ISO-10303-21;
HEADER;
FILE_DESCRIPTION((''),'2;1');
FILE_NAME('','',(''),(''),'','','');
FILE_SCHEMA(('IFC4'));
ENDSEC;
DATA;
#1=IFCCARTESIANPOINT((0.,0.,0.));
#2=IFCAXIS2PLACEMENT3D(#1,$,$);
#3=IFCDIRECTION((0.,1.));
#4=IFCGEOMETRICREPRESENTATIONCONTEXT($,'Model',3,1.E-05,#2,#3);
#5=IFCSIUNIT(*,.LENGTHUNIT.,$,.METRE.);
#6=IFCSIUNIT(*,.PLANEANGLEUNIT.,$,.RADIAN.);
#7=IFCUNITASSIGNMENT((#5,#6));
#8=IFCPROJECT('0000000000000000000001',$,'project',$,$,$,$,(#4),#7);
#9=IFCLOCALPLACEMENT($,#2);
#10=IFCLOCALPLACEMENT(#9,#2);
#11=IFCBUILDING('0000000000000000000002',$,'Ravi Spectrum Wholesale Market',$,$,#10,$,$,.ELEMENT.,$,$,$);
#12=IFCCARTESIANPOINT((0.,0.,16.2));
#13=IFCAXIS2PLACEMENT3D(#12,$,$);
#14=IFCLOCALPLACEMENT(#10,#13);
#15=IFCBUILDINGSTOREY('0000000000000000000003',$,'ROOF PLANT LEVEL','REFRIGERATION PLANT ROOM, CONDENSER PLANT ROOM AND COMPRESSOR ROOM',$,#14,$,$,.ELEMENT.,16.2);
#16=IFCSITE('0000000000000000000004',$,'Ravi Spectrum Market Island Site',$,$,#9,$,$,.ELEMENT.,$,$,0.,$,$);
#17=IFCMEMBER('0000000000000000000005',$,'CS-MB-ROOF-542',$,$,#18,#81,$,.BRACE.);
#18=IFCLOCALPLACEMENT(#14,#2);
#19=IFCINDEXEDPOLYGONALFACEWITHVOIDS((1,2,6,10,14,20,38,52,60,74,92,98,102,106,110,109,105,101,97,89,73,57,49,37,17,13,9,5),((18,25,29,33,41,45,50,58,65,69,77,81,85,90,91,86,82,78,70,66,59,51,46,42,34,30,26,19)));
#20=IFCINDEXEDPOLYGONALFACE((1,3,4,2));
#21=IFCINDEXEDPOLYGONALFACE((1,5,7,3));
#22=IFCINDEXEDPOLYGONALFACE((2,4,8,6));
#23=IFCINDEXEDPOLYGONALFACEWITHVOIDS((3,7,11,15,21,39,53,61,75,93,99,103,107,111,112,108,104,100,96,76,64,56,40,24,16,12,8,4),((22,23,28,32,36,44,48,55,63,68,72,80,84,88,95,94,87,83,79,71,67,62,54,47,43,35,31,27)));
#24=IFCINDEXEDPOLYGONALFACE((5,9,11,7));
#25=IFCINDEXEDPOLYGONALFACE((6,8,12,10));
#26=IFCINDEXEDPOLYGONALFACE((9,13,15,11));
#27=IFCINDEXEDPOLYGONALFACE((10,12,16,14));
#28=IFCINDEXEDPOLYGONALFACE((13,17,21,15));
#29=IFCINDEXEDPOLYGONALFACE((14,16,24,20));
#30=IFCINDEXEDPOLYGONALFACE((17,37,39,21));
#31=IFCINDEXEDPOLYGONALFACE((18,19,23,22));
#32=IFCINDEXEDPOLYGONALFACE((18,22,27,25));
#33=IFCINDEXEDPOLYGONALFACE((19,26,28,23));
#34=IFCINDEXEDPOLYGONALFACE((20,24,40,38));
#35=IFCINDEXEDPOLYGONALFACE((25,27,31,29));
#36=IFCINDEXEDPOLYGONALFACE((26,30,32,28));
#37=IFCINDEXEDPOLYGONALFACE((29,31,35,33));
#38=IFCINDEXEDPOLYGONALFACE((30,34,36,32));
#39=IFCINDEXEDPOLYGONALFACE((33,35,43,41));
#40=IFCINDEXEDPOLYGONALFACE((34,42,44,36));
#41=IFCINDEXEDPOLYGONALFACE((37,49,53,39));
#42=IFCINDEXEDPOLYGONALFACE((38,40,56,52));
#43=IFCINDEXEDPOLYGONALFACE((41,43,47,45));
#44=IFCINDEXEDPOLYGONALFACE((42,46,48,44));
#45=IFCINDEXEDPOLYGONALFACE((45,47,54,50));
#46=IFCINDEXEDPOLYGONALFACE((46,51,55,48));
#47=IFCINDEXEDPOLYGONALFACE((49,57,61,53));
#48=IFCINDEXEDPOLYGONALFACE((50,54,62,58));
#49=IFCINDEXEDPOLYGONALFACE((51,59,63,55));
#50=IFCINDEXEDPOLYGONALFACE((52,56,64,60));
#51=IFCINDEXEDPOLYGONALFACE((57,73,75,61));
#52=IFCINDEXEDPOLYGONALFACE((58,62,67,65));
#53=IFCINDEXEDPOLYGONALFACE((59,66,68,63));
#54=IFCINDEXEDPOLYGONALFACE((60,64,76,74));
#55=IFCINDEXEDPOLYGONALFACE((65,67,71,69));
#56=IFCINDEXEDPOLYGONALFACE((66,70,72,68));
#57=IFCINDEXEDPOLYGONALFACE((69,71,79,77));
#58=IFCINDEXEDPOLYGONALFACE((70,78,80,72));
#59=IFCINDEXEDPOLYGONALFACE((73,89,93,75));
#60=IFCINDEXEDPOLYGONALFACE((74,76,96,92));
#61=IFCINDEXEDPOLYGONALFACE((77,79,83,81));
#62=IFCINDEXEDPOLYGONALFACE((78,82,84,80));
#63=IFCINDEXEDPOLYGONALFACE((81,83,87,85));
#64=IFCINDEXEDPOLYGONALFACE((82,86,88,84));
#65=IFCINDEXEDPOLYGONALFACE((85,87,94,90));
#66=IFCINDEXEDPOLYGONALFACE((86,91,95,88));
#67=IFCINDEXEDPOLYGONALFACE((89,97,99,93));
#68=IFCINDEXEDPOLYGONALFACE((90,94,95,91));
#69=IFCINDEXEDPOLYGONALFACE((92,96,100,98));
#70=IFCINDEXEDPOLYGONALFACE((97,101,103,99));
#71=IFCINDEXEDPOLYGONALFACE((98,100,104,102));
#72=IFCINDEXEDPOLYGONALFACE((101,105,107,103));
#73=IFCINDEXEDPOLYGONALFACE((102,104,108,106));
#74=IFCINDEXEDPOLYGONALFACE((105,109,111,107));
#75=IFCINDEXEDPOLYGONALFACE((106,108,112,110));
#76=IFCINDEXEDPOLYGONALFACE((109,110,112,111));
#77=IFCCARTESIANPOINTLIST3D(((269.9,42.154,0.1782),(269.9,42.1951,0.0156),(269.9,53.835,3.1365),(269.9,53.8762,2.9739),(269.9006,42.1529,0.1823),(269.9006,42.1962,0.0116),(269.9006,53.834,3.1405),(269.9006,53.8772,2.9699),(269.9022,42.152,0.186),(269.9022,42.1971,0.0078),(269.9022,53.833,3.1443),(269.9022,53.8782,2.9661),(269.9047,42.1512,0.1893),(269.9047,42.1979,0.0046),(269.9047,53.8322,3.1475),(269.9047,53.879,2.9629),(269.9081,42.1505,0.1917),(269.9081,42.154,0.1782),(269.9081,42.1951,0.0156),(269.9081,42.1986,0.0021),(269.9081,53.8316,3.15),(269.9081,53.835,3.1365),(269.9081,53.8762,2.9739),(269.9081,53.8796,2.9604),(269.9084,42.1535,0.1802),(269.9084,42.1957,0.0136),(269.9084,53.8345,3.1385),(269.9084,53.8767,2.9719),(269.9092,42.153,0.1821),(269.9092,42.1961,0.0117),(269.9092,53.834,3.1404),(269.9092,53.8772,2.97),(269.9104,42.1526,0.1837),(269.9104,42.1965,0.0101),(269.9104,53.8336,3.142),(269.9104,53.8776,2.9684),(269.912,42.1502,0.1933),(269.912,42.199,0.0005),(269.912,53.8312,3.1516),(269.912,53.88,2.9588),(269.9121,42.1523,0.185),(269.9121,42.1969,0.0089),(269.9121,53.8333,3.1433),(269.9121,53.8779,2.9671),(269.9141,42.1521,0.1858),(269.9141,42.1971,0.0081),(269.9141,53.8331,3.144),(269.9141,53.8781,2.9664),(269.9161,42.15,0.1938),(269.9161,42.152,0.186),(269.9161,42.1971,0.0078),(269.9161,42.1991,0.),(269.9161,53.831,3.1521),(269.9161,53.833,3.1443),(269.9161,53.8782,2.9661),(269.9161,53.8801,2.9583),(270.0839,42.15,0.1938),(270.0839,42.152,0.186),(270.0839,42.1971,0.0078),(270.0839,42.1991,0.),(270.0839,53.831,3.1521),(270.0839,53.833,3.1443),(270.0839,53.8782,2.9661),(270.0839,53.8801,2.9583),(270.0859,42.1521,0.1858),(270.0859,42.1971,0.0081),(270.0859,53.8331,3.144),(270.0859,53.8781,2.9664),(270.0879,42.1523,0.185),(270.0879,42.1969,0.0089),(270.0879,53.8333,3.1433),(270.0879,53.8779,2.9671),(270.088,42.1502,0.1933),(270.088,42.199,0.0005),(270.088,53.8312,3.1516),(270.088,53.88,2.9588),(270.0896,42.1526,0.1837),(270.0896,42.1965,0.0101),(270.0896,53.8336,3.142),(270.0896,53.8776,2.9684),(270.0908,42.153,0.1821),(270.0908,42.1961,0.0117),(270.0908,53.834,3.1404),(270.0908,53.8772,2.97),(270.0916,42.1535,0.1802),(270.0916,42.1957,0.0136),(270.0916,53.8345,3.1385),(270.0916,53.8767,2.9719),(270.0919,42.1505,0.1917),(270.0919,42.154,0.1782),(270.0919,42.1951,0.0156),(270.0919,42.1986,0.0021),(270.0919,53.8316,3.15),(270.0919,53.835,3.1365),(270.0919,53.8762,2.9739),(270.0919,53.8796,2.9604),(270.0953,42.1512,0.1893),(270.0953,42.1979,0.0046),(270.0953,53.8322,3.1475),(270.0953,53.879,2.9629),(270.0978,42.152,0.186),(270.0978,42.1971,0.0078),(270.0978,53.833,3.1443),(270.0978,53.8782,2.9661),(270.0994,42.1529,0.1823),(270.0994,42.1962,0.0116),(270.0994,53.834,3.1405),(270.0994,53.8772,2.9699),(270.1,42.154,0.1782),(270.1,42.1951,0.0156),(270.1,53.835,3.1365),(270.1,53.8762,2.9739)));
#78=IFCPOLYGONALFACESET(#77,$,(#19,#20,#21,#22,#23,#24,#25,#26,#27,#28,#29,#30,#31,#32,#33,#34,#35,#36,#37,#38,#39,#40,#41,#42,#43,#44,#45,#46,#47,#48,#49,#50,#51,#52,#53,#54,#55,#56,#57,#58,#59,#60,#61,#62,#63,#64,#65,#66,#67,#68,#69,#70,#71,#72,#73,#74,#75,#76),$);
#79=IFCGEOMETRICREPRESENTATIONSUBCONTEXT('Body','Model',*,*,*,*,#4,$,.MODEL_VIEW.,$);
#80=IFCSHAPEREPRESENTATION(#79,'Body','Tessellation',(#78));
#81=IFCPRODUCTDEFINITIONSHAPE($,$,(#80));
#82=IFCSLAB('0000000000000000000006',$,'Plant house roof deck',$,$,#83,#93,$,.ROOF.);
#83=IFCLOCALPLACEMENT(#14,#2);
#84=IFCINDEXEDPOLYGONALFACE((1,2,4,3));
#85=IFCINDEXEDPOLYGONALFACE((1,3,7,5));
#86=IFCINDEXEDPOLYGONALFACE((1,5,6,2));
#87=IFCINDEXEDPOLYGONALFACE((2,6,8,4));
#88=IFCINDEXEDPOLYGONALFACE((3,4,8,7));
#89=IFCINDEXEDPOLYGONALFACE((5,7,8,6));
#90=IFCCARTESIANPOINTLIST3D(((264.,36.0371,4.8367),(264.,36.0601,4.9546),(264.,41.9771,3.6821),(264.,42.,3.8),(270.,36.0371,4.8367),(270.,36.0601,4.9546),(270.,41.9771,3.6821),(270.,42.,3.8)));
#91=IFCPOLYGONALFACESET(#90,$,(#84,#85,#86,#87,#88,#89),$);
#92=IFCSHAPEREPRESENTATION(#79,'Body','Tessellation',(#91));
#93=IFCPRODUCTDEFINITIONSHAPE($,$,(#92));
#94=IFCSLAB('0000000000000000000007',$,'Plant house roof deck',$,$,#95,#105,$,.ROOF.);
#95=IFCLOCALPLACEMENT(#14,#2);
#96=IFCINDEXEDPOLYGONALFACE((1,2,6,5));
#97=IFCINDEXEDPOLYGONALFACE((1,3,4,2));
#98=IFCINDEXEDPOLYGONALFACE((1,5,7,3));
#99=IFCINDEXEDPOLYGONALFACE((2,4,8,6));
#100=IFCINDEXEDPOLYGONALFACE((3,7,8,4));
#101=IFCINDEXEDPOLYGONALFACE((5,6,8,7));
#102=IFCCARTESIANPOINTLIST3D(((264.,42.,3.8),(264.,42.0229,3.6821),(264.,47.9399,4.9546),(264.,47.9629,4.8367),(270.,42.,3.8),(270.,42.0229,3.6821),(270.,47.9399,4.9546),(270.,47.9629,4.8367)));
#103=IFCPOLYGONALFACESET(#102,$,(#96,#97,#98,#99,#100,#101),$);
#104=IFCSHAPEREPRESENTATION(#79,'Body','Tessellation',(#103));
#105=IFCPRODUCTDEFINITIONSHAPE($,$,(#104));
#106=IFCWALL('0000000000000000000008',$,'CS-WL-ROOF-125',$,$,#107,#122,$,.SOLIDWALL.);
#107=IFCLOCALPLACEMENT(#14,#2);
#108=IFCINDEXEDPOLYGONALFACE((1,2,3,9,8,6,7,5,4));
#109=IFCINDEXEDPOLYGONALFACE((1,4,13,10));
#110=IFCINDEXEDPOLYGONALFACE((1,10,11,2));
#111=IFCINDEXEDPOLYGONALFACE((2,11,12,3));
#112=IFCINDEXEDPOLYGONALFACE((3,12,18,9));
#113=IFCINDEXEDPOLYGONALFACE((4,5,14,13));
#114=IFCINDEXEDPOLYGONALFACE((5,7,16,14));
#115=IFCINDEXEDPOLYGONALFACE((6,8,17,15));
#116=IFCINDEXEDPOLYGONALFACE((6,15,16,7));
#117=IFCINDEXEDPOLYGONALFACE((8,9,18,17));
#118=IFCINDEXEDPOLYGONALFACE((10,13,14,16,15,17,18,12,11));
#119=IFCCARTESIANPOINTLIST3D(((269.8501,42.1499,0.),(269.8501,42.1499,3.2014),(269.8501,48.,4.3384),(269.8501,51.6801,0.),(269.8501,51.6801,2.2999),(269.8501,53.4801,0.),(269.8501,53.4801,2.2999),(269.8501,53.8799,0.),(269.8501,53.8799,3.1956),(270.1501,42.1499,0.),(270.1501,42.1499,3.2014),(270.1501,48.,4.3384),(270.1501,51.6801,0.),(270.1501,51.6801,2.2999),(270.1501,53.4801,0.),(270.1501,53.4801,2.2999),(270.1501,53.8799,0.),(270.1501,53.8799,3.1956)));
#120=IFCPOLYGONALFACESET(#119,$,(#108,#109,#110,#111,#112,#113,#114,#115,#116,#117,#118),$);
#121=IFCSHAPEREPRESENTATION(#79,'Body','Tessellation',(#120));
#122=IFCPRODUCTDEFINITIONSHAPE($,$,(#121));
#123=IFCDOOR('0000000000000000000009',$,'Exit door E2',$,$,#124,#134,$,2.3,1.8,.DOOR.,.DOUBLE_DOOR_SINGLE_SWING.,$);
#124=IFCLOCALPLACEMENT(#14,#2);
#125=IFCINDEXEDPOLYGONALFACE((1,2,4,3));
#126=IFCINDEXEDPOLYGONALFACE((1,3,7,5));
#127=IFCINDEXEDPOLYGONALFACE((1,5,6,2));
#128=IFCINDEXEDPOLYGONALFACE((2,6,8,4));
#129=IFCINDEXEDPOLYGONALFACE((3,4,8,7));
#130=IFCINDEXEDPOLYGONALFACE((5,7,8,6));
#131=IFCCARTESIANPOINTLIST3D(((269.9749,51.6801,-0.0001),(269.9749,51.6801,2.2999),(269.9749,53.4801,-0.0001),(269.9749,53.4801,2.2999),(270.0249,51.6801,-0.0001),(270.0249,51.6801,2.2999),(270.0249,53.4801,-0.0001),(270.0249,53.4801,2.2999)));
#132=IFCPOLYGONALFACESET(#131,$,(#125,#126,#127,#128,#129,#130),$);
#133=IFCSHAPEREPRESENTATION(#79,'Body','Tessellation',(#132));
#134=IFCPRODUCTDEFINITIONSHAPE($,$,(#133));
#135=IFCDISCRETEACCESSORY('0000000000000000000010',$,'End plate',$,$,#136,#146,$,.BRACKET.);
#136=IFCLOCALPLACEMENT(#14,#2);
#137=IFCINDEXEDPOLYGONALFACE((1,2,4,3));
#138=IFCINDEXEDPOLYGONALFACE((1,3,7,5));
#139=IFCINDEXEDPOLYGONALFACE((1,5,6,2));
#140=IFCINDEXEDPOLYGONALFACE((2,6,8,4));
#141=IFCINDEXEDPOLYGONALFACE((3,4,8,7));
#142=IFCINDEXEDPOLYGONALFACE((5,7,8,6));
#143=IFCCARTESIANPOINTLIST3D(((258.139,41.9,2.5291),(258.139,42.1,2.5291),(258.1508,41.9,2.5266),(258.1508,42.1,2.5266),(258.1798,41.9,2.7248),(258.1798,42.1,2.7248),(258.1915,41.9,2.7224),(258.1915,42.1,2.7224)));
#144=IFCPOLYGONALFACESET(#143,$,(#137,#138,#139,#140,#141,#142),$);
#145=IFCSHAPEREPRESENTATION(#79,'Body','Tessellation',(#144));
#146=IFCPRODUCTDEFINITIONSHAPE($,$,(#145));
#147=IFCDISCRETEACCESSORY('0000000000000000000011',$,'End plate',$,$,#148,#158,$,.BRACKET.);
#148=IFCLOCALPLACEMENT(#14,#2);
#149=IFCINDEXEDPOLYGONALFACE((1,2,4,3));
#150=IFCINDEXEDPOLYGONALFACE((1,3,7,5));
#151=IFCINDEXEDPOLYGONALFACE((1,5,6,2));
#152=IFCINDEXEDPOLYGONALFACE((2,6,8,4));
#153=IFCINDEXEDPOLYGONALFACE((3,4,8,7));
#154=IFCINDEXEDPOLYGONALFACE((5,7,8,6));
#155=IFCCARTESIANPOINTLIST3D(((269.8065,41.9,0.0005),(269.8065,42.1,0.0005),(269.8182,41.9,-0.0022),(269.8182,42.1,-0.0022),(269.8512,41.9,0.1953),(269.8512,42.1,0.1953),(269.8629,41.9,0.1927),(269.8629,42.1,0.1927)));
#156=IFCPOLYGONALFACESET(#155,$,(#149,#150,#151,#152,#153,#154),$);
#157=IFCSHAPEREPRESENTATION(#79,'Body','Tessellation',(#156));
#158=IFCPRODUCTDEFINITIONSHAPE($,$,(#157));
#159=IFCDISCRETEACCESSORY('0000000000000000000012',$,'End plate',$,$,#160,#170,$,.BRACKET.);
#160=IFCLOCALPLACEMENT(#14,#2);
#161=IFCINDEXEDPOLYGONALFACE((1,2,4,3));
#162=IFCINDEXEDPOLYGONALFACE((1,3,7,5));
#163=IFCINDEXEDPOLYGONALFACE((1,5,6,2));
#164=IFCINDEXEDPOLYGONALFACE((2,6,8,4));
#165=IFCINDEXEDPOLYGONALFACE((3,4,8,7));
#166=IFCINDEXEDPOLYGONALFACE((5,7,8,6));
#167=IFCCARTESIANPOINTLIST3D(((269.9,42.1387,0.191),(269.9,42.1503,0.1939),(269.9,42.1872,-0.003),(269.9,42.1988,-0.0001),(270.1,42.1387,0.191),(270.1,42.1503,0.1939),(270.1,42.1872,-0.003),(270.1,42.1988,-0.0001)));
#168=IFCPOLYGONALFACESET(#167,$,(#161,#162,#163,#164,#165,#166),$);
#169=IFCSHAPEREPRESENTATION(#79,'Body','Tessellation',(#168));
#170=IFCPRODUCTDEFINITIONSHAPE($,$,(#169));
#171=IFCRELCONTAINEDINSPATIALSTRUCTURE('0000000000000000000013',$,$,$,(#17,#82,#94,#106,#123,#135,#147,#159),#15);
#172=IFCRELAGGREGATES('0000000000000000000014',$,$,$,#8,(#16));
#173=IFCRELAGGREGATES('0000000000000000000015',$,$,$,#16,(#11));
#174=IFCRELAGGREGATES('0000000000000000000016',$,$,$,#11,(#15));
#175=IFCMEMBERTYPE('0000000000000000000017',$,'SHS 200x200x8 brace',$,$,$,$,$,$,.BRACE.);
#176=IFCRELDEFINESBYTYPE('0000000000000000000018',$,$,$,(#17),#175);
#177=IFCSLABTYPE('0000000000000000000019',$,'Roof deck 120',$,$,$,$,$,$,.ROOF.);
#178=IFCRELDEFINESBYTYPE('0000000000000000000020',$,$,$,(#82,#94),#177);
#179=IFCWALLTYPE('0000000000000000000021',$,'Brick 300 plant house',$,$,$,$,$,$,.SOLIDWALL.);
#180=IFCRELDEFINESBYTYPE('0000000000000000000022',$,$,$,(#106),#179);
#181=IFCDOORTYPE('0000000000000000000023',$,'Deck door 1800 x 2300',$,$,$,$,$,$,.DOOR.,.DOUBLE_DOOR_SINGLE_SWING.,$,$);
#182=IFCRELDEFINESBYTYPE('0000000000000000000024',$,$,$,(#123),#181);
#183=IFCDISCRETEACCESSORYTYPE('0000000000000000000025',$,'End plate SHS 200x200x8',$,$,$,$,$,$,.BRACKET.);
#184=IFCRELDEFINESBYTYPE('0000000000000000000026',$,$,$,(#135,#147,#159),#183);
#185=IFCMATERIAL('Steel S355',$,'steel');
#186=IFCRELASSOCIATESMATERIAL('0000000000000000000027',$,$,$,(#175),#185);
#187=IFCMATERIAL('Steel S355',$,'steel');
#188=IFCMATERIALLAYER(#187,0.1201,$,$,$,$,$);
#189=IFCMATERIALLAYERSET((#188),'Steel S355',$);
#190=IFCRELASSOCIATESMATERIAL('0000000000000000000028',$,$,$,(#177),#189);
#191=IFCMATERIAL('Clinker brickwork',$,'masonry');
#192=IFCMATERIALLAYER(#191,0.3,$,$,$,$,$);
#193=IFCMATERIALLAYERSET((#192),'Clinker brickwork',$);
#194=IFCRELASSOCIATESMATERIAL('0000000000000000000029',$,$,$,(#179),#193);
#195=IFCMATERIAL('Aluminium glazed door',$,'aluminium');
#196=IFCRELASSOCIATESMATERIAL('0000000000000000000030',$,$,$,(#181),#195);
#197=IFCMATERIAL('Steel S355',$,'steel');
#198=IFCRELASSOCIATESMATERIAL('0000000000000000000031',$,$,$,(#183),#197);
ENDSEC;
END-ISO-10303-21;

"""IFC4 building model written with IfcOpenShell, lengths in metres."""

from ifc_helpers import new_model, si_unit, direction, frame, frame_2d, origin, origin_2d, place, context, subcontext, project, spatial, polyline, rectangle, hollow_rectangle, outline, extrude, material, layer, layer_set, material_profile, profile_set, type_object, element, fill, save


model = new_model("IFC4")

# Units and contexts
model_context = context("Model", 3, precision=1e-05, world=origin(), true_north=direction((0.0, 1.0)))
body_context = subcontext(model_context, "Body", "Model", "MODEL_VIEW")
ifc_project = project(units=[si_unit("LENGTHUNIT", "METRE"), si_unit("PLANEANGLEUNIT", "RADIAN")], contexts=[model_context])

# Site, building, storey
site_placement = place(None, origin())
site = spatial("IfcSite", under=ifc_project, at=site_placement, Name="Ravi Spectrum Market Island Site", CompositionType="ELEMENT", RefElevation=0.0)
building_placement = place(site_placement, origin())
building = spatial("IfcBuilding", under=site, at=building_placement, Name="Ravi Spectrum Wholesale Market", CompositionType="ELEMENT")
storey_placement = place(building_placement, frame((0.0, 0.0, 16.2)))
storey = spatial("IfcBuildingStorey", under=building, at=storey_placement, Name="ROOF PLANT LEVEL", Description="REFRIGERATION PLANT ROOM, CONDENSER PLANT ROOM AND COMPRESSOR ROOM", CompositionType="ELEMENT", Elevation=16.2)

# Member
ifc_material_1 = material(Name="Steel S355", Category="steel")
ifc_material_profile_1 = material_profile(ifc_material_1, hollow_rectangle(XDim=0.2, YDim=0.2, WallThickness=0.0081, InnerFilletRadius=0.0081, OuterFilletRadius=0.0161, at=origin_2d()))
ifc_profile_set_1 = profile_set([ifc_material_profile_1], Name="Steel S355")
member_type_1 = type_object("IfcMemberType", Name="SHS 200x200x8 brace", PredefinedType="BRACE", material=ifc_profile_set_1)
member_1_placement = place(storey_placement, frame((270.0, 42.1746, 0.0969), z_axis=(0.0, 0.969395, 0.245505), x_axis=(-1.0, 0.0, 0.0)))
element("IfcMember", 1, at=member_1_placement, inside=storey, type_object=member_type_1, Name="CS-MB-ROOF-542", PredefinedType="BRACE", context=body_context, shape_type="SweptSolid", body=[
    extrude(hollow_rectangle(XDim=0.2, YDim=0.2, WallThickness=0.0081, InnerFilletRadius=0.0081, OuterFilletRadius=0.0161, at=origin_2d()), origin(), (0.0, 0.0, 1.0), 12.0498),
])

# Slabs
ifc_material_2 = material(Name="Steel S355", Category="steel")
ifc_layer_1 = layer(ifc_material_2, 0.1201)
ifc_layer_set_1 = layer_set([ifc_layer_1], Name="Steel S355")
slab_type = type_object("IfcSlabType", Name="Roof deck 120", PredefinedType="ROOF", material=ifc_layer_set_1)
slab_1_placement = place(storey_placement, frame((264.0, 42.0, 3.8), z_axis=(0.0, 0.190798, 0.981629), x_axis=(1.0, 0.0, 0.0)))
element("IfcSlab", 2, at=slab_1_placement, inside=storey, type_object=slab_type, Name="Plant house roof deck", PredefinedType="ROOF", context=body_context, shape_type="SweptSolid", body=[
    extrude(outline(polyline([(0.0, 0.0), (6.0, 0.0), (6.0, -6.0511), (0.0, -6.0511), (0.0, 0.0)])), origin(), (0.0, 0.0, -1.0), 0.1201),
])
slab_2_placement = place(storey_placement, frame((264.0, 42.0, 3.8), z_axis=(0.0, -0.190798, 0.981629), x_axis=(1.0, 0.0, 0.0)))
element("IfcSlab", 3, at=slab_2_placement, inside=storey, type_object=slab_type, Name="Plant house roof deck", PredefinedType="ROOF", context=body_context, shape_type="SweptSolid", body=[
    extrude(outline(polyline([(0.0, 0.0), (6.0, 0.0), (6.0, 6.0511), (0.0, 6.0511), (0.0, 0.0)])), origin(), (0.0, 0.0, -1.0), 0.1201),
])

# Wall, opening, door
ifc_material_3 = material(Name="Clinker brickwork", Category="masonry")
ifc_layer_2 = layer(ifc_material_3, 0.3)
ifc_layer_set_2 = layer_set([ifc_layer_2], Name="Clinker brickwork")
wall_type = type_object("IfcWallType", Name="Brick 300 plant house", PredefinedType="SOLIDWALL", material=ifc_layer_set_2)
wall_placement = place(storey_placement, frame((270.0, 42.1499, 0.0), z_axis=(0.0, 0.0, 1.0), x_axis=(0.0, 1.0, 0.0)))
wall = element("IfcWall", 4, at=wall_placement, inside=storey, type_object=wall_type, Name="CS-WL-ROOF-125", PredefinedType="SOLIDWALL", context=body_context, shape_type="SweptSolid", body=[
    extrude(outline(polyline([(0.0, 0.0), (11.73, 0.0), (11.73, 3.1956), (5.8501, 4.3384), (0.0, 3.2014), (0.0, 0.0)])), frame((0.0, 0.1499, 0.0), z_axis=(0.0, -1.0, 0.0), x_axis=(1.0, 0.0, 0.0)), (0.0, 0.0, 1.0), 0.3),
])
opening_placement = place(wall_placement, frame((11.3301, 0.0, 0.0), z_axis=(0.0, 0.0, 1.0), x_axis=(-1.0, 0.0, 0.0)))
opening = element("IfcOpeningElement", 5, at=opening_placement, cuts=wall, PredefinedType="OPENING", context=body_context, shape_type="SweptSolid", body=[
    extrude(rectangle(XDim=1.8, YDim=2.3, at=frame_2d((0.8999, 1.1499))), frame((0.0, 0.1599, 0.0), z_axis=(0.0, -1.0, 0.0), x_axis=(1.0, 0.0, 0.0)), (0.0, 0.0, 1.0), 0.3201),
])
ifc_material_4 = material(Name="Aluminium glazed door", Category="aluminium")
door_type = type_object("IfcDoorType", Name="Deck door 1800 x 2300", OperationType="DOUBLE_DOOR_SINGLE_SWING", PredefinedType="DOOR", material=ifc_material_4)
door_placement = place(opening_placement, origin())
door = element("IfcDoor", 6, at=door_placement, inside=storey, type_object=door_type, Name="Exit door E2", OperationType="DOUBLE_DOOR_SINGLE_SWING", OverallHeight=2.3, OverallWidth=1.8, PredefinedType="DOOR", context=body_context, shape_type="SweptSolid", body=[
    extrude(rectangle(XDim=1.8, YDim=2.3, at=frame_2d((0.8999, 1.1499))), frame((0.0, 0.0249, 0.0), z_axis=(0.0, -1.0, 0.0), x_axis=(1.0, 0.0, 0.0)), (0.0, 0.0, 1.0), 0.05),
])
fill(opening, door)

# Discrete accessories
ifc_material_5 = material(Name="Steel S355", Category="steel")
ifc_material_profile_2 = material_profile(ifc_material_5, rectangle(XDim=0.2, YDim=0.2, at=origin_2d()))
ifc_profile_set_2 = profile_set([ifc_material_profile_2], Name="Steel S355")
discrete_accessory_type = type_object("IfcDiscreteAccessoryType", Name="End plate SHS 200x200x8", PredefinedType="BRACKET", material=ifc_profile_set_2)
for number, where, z_axis, x_axis, name in (
    (7, (258.1711, 42.0, 2.6245), (-0.97898, 0.0, 0.203954), (0.0, -1.0, 0.0), "End plate"),
    (8, (269.8289, 42.0, 0.0979), (0.974732, 0.0, -0.223376), (0.0, 1.0, 0.0), "End plate"),
    (9, (270.0, 42.1746, 0.0969), (0.0, -0.970143, -0.242536), (1.0, 0.0, 0.0), "End plate"),
):
    element("IfcDiscreteAccessory", number, at=place(storey_placement, frame(where, z_axis=z_axis, x_axis=x_axis)), inside=storey, type_object=discrete_accessory_type, Name=name, PredefinedType="BRACKET", context=body_context, shape_type="SweptSolid", body=[
        extrude(rectangle(XDim=0.2, YDim=0.2, at=origin_2d()), origin(), (0.0, 0.0, 1.0), 0.012),
    ])

save(model, "model.ifc")
